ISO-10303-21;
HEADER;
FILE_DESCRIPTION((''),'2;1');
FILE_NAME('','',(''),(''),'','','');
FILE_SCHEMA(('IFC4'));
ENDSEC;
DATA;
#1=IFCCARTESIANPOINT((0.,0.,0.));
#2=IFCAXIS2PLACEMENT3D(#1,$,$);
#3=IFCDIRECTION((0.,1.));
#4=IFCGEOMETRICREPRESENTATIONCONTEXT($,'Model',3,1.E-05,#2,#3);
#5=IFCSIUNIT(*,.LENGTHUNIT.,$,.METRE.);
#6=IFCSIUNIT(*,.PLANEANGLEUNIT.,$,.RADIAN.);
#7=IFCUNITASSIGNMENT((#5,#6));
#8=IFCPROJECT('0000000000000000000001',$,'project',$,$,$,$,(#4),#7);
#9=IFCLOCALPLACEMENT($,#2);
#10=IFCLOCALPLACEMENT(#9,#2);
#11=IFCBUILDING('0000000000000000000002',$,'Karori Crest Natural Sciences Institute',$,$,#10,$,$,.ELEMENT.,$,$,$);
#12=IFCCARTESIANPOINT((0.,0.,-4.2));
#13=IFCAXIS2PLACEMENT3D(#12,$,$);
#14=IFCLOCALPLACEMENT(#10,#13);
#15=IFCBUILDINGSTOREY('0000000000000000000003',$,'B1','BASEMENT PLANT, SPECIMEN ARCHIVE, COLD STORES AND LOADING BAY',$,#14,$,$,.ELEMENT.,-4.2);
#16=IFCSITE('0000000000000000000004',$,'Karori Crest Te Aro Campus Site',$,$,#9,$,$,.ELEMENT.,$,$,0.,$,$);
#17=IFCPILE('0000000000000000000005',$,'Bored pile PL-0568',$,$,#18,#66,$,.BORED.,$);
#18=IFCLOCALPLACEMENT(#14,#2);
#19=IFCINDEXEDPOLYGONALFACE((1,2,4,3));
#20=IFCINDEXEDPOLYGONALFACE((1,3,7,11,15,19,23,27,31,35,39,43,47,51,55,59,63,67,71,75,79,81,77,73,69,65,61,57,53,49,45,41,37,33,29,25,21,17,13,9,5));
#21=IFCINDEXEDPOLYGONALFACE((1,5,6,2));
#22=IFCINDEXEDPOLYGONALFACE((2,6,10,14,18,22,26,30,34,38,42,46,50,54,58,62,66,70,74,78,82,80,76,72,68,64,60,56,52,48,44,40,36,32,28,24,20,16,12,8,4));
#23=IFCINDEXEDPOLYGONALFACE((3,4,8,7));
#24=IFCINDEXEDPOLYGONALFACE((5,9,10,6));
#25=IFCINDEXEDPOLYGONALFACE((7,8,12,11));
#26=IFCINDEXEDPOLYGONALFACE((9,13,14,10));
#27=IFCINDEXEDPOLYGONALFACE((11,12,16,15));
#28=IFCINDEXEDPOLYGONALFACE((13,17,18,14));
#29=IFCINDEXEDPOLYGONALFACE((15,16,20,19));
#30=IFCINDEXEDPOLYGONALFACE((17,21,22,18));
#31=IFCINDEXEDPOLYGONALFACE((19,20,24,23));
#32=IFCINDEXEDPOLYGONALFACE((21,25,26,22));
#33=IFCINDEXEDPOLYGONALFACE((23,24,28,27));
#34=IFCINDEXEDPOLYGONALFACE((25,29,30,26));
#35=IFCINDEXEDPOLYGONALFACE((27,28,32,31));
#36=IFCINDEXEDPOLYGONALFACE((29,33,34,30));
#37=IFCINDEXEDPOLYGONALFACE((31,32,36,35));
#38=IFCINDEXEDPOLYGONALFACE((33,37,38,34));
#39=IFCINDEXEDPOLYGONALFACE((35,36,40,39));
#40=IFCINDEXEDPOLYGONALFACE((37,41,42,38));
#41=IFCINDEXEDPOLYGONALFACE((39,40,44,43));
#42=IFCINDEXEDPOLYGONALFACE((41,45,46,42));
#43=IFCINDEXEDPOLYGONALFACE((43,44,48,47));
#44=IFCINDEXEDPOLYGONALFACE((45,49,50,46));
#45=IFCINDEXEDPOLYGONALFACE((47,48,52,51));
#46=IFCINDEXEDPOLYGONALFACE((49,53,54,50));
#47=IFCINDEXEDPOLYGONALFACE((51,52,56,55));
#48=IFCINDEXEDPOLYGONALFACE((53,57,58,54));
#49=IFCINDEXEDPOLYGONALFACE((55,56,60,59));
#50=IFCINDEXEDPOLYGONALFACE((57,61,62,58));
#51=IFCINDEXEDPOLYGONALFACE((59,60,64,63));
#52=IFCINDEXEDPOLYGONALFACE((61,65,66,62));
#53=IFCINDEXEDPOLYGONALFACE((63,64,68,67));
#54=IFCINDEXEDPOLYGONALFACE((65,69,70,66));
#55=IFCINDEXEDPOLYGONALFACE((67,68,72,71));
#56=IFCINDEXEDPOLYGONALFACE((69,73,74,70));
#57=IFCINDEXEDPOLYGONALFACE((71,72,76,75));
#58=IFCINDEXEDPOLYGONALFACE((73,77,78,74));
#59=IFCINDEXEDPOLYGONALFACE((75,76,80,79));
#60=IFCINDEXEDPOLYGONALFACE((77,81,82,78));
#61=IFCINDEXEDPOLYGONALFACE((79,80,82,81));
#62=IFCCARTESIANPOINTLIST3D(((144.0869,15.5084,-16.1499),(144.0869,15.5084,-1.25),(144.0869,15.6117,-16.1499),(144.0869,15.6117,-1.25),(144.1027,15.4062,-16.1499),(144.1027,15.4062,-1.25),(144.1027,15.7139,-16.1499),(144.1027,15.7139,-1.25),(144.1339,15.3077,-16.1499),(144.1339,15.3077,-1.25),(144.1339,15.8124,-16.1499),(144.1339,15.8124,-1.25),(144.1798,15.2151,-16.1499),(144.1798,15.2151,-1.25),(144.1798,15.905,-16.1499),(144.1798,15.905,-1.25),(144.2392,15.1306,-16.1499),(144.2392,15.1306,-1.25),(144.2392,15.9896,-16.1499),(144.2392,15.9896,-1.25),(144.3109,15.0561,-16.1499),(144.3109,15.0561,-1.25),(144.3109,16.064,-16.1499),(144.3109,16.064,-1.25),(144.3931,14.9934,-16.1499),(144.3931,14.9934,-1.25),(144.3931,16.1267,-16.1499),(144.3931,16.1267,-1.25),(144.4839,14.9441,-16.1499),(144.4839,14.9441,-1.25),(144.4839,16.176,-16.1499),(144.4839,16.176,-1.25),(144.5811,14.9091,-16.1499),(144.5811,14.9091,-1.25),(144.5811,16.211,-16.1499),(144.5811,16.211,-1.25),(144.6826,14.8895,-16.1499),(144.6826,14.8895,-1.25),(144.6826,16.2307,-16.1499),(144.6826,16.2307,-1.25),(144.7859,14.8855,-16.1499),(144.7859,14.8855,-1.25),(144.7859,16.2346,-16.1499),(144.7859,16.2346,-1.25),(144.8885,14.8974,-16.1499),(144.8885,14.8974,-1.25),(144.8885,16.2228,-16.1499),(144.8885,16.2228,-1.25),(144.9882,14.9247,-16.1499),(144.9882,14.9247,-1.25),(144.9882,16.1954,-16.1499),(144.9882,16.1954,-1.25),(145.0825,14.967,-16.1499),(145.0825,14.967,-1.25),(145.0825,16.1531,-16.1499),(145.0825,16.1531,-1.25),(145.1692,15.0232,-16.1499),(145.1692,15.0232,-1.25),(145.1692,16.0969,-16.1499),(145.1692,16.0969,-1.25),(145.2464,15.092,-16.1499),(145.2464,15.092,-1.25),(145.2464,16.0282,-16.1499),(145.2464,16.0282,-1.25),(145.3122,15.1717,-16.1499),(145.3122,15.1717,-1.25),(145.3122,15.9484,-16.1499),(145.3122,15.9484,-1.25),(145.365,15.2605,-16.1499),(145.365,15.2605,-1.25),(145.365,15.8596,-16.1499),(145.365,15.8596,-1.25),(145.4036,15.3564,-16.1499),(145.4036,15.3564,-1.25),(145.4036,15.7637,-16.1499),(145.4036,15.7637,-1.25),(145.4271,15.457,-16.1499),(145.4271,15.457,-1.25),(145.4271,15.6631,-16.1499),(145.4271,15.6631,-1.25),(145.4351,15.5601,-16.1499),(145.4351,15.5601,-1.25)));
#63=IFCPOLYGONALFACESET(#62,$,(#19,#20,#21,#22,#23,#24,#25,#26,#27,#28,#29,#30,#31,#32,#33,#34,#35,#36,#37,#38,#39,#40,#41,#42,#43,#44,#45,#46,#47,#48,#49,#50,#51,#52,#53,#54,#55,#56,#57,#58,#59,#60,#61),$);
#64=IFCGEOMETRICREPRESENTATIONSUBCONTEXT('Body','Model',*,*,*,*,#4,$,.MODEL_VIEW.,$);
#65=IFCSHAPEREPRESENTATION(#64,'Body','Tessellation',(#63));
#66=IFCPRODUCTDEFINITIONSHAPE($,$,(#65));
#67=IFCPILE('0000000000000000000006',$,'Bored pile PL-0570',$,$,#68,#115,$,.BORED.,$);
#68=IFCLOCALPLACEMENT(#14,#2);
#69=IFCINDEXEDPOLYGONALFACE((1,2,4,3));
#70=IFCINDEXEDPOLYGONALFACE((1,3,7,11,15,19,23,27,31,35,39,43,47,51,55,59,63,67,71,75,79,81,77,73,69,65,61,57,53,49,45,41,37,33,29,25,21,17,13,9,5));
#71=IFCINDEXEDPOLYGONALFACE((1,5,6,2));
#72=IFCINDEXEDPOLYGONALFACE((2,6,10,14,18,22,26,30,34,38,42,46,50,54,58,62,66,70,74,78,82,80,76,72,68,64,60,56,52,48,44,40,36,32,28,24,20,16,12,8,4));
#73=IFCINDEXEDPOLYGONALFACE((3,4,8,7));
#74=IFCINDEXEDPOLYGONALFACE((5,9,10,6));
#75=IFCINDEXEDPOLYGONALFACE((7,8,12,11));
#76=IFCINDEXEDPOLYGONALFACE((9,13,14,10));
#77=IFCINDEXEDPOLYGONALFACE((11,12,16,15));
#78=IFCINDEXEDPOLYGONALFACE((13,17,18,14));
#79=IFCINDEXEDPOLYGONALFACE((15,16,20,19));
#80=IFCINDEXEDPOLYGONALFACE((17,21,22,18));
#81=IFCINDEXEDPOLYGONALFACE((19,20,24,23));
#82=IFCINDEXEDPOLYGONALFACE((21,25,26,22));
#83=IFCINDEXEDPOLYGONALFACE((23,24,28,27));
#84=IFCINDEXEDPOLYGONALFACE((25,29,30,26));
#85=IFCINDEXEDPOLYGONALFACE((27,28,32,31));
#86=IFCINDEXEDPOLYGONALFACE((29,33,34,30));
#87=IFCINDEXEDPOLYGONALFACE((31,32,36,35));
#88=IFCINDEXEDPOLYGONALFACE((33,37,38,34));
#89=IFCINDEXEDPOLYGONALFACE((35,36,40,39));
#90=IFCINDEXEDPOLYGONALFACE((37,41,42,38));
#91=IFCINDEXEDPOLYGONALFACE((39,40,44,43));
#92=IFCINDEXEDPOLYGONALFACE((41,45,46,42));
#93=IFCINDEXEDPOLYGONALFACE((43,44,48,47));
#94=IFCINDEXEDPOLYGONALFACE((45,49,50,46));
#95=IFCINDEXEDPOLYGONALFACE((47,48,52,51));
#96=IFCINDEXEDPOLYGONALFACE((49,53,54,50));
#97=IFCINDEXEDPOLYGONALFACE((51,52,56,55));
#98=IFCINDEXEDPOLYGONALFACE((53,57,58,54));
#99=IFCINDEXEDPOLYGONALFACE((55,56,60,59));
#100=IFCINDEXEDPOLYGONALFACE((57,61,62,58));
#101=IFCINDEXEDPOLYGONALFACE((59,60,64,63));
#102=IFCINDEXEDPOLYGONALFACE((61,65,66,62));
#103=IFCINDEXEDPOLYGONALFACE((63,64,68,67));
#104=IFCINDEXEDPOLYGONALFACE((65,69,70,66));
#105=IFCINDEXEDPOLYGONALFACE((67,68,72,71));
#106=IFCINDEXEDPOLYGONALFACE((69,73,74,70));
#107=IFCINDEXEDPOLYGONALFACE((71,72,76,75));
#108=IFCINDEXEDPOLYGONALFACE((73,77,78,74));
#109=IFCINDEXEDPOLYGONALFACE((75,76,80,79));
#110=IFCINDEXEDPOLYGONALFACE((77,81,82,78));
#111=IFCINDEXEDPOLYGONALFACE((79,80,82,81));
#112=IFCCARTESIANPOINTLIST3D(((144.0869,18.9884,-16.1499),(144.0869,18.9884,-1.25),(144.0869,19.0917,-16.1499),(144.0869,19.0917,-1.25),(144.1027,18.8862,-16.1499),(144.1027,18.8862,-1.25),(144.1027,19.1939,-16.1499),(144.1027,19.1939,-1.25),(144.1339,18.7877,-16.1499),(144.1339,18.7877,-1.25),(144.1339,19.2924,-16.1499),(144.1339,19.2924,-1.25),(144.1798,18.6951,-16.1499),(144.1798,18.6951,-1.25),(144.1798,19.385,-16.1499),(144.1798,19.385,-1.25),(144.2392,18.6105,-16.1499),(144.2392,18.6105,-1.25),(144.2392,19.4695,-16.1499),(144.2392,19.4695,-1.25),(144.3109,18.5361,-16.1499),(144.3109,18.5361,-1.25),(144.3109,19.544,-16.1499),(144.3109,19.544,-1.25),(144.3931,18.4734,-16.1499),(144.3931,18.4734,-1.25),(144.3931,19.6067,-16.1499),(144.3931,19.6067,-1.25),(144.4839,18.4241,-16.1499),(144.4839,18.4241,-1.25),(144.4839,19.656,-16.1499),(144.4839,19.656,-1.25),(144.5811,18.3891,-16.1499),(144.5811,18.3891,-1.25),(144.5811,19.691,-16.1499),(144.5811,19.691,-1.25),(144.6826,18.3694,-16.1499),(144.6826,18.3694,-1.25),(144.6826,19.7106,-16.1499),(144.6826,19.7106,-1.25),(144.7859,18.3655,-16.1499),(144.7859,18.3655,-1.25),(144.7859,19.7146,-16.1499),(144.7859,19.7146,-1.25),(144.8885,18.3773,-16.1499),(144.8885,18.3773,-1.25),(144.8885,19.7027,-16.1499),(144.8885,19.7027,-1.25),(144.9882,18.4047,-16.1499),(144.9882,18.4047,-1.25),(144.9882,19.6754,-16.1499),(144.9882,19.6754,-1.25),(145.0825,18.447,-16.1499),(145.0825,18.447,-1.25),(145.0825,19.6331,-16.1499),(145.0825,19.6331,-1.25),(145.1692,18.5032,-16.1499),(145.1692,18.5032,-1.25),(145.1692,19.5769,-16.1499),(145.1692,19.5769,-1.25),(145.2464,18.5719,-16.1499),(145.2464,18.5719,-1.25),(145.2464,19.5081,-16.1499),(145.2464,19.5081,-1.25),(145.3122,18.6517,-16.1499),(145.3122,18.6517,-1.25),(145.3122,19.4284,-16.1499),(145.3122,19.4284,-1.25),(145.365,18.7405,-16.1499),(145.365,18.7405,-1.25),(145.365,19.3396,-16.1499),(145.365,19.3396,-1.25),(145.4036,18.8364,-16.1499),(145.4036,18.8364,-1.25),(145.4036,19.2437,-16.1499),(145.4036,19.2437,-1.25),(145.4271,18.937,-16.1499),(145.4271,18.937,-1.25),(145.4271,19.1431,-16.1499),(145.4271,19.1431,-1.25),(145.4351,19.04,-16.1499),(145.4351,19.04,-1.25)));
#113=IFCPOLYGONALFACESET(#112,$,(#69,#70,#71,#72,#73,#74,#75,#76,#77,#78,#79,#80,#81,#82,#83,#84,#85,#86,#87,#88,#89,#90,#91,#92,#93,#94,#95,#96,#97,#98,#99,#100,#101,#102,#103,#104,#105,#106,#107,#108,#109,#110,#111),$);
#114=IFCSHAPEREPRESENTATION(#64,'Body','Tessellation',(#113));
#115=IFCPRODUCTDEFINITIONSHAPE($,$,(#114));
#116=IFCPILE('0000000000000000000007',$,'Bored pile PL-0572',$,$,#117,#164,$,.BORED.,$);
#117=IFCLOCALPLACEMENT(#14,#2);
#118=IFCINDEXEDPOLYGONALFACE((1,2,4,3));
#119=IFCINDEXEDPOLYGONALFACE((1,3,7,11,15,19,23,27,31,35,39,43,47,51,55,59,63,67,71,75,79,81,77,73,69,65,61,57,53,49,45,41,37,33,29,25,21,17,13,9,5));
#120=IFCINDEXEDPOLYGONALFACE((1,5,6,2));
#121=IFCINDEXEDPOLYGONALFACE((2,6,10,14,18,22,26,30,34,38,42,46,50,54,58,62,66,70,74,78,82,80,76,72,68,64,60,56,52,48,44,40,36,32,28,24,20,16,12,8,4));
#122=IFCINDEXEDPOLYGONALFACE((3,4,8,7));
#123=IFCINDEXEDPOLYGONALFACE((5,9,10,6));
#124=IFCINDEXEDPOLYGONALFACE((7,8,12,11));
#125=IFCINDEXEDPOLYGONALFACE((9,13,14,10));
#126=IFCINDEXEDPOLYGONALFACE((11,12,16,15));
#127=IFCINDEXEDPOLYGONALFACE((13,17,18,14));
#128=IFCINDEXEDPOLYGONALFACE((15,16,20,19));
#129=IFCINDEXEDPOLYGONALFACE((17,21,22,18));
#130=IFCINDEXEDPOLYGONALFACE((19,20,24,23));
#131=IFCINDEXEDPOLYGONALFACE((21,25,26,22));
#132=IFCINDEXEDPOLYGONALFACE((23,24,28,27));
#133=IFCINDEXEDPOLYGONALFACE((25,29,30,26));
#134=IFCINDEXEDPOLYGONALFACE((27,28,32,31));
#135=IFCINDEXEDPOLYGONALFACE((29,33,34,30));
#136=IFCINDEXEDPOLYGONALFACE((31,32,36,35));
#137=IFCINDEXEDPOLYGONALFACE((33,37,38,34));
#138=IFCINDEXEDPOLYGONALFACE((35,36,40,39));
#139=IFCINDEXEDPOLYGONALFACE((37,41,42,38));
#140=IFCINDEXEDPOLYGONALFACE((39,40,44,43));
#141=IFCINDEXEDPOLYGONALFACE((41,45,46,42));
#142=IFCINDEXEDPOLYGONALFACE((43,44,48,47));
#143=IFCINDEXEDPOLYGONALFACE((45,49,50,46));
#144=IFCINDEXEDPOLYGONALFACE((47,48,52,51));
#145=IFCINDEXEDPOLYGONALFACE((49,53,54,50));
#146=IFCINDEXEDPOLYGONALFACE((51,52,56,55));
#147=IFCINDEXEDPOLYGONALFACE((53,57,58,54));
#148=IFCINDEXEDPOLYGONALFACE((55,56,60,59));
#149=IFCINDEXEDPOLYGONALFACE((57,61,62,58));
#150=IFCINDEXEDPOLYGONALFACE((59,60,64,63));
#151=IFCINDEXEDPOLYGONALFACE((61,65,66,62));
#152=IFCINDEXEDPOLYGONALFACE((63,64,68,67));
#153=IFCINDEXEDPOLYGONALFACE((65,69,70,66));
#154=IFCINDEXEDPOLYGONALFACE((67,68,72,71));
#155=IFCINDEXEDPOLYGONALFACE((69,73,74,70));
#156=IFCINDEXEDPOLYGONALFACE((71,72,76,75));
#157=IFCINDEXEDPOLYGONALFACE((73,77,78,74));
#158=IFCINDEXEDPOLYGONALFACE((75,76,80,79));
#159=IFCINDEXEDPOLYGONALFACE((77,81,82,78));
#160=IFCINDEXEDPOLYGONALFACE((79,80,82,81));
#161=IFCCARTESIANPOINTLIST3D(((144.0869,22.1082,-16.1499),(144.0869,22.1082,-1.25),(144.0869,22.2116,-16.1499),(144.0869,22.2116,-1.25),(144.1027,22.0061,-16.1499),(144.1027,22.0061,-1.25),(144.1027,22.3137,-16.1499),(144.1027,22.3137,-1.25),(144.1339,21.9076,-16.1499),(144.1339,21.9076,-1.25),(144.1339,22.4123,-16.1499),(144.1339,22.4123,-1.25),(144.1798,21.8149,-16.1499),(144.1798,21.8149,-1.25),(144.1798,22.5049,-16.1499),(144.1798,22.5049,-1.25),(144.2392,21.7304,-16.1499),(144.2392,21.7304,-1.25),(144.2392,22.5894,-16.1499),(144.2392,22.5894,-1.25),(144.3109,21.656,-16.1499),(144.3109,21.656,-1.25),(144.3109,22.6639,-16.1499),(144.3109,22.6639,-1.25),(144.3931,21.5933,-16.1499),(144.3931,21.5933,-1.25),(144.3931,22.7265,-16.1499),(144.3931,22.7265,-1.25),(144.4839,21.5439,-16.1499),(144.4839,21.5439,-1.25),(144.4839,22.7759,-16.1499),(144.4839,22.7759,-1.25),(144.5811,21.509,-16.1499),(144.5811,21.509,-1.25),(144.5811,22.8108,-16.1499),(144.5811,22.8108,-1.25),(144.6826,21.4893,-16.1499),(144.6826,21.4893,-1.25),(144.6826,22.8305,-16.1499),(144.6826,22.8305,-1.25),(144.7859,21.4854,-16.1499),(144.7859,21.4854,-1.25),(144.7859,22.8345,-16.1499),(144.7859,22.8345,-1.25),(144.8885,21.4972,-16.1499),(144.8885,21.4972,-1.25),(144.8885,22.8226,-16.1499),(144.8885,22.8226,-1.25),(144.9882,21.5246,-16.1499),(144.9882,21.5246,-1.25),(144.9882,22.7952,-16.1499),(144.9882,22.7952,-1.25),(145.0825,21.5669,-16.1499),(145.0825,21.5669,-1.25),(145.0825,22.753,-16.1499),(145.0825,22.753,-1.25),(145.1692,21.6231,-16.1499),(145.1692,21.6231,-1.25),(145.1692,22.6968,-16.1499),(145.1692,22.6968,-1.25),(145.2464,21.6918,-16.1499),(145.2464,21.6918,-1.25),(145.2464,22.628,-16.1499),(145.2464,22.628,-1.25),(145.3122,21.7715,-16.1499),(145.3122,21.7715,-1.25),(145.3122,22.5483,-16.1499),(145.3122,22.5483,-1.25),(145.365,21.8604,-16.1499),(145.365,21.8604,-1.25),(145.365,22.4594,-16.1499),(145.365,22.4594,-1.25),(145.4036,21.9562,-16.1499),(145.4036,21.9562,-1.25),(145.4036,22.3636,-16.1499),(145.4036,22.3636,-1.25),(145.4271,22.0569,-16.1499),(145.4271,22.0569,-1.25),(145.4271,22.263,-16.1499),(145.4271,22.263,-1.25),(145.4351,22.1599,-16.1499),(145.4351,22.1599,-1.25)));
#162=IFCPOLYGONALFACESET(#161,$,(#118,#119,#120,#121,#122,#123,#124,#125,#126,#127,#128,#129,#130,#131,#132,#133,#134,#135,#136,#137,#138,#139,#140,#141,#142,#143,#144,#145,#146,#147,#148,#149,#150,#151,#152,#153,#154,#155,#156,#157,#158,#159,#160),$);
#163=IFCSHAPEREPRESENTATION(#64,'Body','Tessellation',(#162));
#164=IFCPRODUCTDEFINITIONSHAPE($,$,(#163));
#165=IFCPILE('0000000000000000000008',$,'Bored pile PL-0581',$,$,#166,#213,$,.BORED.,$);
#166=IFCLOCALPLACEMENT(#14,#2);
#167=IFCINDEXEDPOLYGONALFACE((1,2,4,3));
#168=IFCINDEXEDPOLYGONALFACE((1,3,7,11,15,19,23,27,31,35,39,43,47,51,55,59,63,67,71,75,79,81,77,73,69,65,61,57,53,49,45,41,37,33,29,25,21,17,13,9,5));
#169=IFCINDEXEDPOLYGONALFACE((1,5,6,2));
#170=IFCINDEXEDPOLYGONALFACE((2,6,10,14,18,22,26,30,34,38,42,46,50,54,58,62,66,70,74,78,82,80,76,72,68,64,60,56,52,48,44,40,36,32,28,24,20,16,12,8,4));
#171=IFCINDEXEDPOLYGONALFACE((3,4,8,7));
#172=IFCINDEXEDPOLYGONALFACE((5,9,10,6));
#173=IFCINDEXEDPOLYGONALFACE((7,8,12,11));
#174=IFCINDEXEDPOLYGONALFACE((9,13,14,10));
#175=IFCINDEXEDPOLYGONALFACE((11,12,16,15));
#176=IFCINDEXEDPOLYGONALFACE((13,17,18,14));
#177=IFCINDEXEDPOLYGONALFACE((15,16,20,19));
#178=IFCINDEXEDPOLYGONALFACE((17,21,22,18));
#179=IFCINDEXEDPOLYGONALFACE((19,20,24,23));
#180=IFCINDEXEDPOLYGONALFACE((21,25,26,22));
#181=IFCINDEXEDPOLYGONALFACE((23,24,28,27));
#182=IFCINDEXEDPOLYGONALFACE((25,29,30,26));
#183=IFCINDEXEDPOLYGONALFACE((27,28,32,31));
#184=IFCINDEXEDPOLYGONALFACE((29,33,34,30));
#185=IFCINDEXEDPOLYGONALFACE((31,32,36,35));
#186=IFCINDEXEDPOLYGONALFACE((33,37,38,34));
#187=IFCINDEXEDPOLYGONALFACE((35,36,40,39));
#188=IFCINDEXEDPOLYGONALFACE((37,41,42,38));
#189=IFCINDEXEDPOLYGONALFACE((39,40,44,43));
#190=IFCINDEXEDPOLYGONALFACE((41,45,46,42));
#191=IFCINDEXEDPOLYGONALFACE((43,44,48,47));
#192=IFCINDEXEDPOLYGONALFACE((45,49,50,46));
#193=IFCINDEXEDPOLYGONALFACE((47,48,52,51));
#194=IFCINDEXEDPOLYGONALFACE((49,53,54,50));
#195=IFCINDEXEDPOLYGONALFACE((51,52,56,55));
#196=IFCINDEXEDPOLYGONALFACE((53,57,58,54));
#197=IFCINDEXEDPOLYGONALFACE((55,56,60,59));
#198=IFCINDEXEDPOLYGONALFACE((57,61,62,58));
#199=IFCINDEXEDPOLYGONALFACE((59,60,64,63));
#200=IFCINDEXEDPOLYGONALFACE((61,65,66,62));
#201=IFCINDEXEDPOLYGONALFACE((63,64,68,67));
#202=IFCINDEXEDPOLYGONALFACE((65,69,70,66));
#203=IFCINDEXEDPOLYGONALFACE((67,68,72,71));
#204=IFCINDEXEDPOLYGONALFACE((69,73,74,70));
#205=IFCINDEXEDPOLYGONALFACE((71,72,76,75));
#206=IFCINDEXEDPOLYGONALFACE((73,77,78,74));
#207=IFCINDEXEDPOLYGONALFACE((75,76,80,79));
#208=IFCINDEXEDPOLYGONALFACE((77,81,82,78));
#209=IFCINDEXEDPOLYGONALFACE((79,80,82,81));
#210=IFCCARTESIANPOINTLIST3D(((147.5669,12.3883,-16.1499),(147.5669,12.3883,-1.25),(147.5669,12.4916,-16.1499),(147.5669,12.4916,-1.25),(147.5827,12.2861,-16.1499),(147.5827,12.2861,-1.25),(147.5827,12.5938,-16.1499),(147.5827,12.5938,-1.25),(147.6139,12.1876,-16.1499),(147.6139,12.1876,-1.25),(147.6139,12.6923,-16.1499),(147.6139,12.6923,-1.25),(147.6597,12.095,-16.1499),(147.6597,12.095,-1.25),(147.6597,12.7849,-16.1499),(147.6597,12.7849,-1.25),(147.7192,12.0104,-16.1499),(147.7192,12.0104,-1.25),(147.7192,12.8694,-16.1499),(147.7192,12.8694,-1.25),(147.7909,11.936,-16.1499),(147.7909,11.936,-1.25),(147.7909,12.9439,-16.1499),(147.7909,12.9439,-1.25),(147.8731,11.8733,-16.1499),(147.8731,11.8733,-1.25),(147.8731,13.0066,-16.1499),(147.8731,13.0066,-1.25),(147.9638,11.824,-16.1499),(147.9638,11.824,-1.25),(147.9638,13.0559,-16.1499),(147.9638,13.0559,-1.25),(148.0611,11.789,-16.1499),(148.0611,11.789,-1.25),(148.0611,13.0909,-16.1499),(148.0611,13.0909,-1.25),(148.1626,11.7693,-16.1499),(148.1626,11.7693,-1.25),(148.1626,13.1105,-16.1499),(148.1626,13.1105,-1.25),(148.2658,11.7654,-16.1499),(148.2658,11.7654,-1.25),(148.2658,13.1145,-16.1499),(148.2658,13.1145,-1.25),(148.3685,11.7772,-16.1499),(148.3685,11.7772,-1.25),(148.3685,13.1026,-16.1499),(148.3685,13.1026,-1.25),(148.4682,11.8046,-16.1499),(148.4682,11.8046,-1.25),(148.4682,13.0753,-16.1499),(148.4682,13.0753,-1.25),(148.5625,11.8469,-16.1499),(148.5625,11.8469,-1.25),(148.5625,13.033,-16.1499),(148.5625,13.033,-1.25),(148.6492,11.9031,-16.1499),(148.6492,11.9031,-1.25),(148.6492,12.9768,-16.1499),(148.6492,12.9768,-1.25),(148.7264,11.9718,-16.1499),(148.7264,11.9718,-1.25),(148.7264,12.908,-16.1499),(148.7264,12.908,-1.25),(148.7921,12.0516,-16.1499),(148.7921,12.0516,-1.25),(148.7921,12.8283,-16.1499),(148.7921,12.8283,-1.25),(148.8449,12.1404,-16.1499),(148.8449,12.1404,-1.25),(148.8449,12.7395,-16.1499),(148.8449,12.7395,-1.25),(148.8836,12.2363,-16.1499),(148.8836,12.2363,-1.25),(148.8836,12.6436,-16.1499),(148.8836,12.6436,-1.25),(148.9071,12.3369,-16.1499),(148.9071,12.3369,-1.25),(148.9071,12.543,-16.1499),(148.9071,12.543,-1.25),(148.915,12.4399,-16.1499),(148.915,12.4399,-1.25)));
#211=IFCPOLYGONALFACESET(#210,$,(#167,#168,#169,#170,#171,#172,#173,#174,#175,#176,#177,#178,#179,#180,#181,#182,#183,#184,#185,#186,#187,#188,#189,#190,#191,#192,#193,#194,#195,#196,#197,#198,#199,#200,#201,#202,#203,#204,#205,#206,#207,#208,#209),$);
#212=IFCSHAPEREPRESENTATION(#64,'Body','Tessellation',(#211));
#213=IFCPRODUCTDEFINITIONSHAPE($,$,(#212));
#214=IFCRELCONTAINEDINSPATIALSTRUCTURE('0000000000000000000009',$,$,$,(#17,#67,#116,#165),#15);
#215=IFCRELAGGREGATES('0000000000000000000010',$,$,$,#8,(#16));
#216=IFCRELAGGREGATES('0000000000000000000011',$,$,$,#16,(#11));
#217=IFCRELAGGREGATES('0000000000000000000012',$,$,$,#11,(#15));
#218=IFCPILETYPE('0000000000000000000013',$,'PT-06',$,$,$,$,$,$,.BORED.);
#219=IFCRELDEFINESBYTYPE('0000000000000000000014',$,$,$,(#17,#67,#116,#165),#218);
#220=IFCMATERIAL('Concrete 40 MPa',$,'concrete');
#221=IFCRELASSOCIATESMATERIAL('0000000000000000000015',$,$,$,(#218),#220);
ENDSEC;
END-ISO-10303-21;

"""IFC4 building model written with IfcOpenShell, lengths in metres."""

from ifc_helpers import new_model, si_unit, direction, frame, origin, origin_2d, place, context, subcontext, project, spatial, circle, extrude, material, material_profile, profile_set, type_object, element, save


model = new_model("IFC4")

# Units and contexts
model_context = context("Model", 3, precision=1e-05, world=origin(), true_north=direction((0.0, 1.0)))
body_context = subcontext(model_context, "Body", "Model", "MODEL_VIEW")
ifc_project = project(units=[si_unit("LENGTHUNIT", "METRE"), si_unit("PLANEANGLEUNIT", "RADIAN")], contexts=[model_context])

# Site, building, storey
site_placement = place(None, origin())
site = spatial("IfcSite", under=ifc_project, at=site_placement, Name="Karori Crest Te Aro Campus Site", CompositionType="ELEMENT", RefElevation=0.0)
building_placement = place(site_placement, origin())
building = spatial("IfcBuilding", under=site, at=building_placement, Name="Karori Crest Natural Sciences Institute", CompositionType="ELEMENT")
storey_placement = place(building_placement, frame((0.0, 0.0, -4.2)))
storey = spatial("IfcBuildingStorey", under=building, at=storey_placement, Name="B1", Description="BASEMENT PLANT, SPECIMEN ARCHIVE, COLD STORES AND LOADING BAY", CompositionType="ELEMENT", Elevation=-4.2)

# Shared definitions
ifc_material_1 = material(Name="Concrete 40 MPa", Category="concrete")

# Piles
ifc_material_profile_1 = material_profile(ifc_material_1, circle(Radius=0.675, at=origin_2d()), Name="PILE1350")
ifc_profile_set_1 = profile_set([ifc_material_profile_1], Name="Concrete 40 MPa")
pile_type = type_object("IfcPileType", Name="PT-06", PredefinedType="BORED", material=ifc_profile_set_1)
for number, where, z_axis, x_axis, name in (
    (1, (144.76, 15.5601, -1.25), (0.0, 0.0, -1.0), (1.0, 0.0, 0.0), "Bored pile PL-0568"),
    (2, (144.76, 19.04, -1.25), (0.0, 0.0, -1.0), (1.0, 0.0, 0.0), "Bored pile PL-0570"),
    (3, (144.76, 22.1599, -1.25), (0.0, 0.0, -1.0), (1.0, 0.0, 0.0), "Bored pile PL-0572"),
    (4, (148.24, 12.4399, -1.25), (0.0, 0.0, -1.0), (1.0, 0.0, 0.0), "Bored pile PL-0581"),
):
    element("IfcPile", number, at=place(storey_placement, frame(where, z_axis=z_axis, x_axis=x_axis)), inside=storey, type_object=pile_type, Name=name, PredefinedType="BORED", context=body_context, shape_type="SweptSolid", body=[
        extrude(circle(Radius=0.675, at=origin_2d()), origin(), (0.0, 0.0, 1.0), 14.8999),
    ])

save(model, "model.ifc")
